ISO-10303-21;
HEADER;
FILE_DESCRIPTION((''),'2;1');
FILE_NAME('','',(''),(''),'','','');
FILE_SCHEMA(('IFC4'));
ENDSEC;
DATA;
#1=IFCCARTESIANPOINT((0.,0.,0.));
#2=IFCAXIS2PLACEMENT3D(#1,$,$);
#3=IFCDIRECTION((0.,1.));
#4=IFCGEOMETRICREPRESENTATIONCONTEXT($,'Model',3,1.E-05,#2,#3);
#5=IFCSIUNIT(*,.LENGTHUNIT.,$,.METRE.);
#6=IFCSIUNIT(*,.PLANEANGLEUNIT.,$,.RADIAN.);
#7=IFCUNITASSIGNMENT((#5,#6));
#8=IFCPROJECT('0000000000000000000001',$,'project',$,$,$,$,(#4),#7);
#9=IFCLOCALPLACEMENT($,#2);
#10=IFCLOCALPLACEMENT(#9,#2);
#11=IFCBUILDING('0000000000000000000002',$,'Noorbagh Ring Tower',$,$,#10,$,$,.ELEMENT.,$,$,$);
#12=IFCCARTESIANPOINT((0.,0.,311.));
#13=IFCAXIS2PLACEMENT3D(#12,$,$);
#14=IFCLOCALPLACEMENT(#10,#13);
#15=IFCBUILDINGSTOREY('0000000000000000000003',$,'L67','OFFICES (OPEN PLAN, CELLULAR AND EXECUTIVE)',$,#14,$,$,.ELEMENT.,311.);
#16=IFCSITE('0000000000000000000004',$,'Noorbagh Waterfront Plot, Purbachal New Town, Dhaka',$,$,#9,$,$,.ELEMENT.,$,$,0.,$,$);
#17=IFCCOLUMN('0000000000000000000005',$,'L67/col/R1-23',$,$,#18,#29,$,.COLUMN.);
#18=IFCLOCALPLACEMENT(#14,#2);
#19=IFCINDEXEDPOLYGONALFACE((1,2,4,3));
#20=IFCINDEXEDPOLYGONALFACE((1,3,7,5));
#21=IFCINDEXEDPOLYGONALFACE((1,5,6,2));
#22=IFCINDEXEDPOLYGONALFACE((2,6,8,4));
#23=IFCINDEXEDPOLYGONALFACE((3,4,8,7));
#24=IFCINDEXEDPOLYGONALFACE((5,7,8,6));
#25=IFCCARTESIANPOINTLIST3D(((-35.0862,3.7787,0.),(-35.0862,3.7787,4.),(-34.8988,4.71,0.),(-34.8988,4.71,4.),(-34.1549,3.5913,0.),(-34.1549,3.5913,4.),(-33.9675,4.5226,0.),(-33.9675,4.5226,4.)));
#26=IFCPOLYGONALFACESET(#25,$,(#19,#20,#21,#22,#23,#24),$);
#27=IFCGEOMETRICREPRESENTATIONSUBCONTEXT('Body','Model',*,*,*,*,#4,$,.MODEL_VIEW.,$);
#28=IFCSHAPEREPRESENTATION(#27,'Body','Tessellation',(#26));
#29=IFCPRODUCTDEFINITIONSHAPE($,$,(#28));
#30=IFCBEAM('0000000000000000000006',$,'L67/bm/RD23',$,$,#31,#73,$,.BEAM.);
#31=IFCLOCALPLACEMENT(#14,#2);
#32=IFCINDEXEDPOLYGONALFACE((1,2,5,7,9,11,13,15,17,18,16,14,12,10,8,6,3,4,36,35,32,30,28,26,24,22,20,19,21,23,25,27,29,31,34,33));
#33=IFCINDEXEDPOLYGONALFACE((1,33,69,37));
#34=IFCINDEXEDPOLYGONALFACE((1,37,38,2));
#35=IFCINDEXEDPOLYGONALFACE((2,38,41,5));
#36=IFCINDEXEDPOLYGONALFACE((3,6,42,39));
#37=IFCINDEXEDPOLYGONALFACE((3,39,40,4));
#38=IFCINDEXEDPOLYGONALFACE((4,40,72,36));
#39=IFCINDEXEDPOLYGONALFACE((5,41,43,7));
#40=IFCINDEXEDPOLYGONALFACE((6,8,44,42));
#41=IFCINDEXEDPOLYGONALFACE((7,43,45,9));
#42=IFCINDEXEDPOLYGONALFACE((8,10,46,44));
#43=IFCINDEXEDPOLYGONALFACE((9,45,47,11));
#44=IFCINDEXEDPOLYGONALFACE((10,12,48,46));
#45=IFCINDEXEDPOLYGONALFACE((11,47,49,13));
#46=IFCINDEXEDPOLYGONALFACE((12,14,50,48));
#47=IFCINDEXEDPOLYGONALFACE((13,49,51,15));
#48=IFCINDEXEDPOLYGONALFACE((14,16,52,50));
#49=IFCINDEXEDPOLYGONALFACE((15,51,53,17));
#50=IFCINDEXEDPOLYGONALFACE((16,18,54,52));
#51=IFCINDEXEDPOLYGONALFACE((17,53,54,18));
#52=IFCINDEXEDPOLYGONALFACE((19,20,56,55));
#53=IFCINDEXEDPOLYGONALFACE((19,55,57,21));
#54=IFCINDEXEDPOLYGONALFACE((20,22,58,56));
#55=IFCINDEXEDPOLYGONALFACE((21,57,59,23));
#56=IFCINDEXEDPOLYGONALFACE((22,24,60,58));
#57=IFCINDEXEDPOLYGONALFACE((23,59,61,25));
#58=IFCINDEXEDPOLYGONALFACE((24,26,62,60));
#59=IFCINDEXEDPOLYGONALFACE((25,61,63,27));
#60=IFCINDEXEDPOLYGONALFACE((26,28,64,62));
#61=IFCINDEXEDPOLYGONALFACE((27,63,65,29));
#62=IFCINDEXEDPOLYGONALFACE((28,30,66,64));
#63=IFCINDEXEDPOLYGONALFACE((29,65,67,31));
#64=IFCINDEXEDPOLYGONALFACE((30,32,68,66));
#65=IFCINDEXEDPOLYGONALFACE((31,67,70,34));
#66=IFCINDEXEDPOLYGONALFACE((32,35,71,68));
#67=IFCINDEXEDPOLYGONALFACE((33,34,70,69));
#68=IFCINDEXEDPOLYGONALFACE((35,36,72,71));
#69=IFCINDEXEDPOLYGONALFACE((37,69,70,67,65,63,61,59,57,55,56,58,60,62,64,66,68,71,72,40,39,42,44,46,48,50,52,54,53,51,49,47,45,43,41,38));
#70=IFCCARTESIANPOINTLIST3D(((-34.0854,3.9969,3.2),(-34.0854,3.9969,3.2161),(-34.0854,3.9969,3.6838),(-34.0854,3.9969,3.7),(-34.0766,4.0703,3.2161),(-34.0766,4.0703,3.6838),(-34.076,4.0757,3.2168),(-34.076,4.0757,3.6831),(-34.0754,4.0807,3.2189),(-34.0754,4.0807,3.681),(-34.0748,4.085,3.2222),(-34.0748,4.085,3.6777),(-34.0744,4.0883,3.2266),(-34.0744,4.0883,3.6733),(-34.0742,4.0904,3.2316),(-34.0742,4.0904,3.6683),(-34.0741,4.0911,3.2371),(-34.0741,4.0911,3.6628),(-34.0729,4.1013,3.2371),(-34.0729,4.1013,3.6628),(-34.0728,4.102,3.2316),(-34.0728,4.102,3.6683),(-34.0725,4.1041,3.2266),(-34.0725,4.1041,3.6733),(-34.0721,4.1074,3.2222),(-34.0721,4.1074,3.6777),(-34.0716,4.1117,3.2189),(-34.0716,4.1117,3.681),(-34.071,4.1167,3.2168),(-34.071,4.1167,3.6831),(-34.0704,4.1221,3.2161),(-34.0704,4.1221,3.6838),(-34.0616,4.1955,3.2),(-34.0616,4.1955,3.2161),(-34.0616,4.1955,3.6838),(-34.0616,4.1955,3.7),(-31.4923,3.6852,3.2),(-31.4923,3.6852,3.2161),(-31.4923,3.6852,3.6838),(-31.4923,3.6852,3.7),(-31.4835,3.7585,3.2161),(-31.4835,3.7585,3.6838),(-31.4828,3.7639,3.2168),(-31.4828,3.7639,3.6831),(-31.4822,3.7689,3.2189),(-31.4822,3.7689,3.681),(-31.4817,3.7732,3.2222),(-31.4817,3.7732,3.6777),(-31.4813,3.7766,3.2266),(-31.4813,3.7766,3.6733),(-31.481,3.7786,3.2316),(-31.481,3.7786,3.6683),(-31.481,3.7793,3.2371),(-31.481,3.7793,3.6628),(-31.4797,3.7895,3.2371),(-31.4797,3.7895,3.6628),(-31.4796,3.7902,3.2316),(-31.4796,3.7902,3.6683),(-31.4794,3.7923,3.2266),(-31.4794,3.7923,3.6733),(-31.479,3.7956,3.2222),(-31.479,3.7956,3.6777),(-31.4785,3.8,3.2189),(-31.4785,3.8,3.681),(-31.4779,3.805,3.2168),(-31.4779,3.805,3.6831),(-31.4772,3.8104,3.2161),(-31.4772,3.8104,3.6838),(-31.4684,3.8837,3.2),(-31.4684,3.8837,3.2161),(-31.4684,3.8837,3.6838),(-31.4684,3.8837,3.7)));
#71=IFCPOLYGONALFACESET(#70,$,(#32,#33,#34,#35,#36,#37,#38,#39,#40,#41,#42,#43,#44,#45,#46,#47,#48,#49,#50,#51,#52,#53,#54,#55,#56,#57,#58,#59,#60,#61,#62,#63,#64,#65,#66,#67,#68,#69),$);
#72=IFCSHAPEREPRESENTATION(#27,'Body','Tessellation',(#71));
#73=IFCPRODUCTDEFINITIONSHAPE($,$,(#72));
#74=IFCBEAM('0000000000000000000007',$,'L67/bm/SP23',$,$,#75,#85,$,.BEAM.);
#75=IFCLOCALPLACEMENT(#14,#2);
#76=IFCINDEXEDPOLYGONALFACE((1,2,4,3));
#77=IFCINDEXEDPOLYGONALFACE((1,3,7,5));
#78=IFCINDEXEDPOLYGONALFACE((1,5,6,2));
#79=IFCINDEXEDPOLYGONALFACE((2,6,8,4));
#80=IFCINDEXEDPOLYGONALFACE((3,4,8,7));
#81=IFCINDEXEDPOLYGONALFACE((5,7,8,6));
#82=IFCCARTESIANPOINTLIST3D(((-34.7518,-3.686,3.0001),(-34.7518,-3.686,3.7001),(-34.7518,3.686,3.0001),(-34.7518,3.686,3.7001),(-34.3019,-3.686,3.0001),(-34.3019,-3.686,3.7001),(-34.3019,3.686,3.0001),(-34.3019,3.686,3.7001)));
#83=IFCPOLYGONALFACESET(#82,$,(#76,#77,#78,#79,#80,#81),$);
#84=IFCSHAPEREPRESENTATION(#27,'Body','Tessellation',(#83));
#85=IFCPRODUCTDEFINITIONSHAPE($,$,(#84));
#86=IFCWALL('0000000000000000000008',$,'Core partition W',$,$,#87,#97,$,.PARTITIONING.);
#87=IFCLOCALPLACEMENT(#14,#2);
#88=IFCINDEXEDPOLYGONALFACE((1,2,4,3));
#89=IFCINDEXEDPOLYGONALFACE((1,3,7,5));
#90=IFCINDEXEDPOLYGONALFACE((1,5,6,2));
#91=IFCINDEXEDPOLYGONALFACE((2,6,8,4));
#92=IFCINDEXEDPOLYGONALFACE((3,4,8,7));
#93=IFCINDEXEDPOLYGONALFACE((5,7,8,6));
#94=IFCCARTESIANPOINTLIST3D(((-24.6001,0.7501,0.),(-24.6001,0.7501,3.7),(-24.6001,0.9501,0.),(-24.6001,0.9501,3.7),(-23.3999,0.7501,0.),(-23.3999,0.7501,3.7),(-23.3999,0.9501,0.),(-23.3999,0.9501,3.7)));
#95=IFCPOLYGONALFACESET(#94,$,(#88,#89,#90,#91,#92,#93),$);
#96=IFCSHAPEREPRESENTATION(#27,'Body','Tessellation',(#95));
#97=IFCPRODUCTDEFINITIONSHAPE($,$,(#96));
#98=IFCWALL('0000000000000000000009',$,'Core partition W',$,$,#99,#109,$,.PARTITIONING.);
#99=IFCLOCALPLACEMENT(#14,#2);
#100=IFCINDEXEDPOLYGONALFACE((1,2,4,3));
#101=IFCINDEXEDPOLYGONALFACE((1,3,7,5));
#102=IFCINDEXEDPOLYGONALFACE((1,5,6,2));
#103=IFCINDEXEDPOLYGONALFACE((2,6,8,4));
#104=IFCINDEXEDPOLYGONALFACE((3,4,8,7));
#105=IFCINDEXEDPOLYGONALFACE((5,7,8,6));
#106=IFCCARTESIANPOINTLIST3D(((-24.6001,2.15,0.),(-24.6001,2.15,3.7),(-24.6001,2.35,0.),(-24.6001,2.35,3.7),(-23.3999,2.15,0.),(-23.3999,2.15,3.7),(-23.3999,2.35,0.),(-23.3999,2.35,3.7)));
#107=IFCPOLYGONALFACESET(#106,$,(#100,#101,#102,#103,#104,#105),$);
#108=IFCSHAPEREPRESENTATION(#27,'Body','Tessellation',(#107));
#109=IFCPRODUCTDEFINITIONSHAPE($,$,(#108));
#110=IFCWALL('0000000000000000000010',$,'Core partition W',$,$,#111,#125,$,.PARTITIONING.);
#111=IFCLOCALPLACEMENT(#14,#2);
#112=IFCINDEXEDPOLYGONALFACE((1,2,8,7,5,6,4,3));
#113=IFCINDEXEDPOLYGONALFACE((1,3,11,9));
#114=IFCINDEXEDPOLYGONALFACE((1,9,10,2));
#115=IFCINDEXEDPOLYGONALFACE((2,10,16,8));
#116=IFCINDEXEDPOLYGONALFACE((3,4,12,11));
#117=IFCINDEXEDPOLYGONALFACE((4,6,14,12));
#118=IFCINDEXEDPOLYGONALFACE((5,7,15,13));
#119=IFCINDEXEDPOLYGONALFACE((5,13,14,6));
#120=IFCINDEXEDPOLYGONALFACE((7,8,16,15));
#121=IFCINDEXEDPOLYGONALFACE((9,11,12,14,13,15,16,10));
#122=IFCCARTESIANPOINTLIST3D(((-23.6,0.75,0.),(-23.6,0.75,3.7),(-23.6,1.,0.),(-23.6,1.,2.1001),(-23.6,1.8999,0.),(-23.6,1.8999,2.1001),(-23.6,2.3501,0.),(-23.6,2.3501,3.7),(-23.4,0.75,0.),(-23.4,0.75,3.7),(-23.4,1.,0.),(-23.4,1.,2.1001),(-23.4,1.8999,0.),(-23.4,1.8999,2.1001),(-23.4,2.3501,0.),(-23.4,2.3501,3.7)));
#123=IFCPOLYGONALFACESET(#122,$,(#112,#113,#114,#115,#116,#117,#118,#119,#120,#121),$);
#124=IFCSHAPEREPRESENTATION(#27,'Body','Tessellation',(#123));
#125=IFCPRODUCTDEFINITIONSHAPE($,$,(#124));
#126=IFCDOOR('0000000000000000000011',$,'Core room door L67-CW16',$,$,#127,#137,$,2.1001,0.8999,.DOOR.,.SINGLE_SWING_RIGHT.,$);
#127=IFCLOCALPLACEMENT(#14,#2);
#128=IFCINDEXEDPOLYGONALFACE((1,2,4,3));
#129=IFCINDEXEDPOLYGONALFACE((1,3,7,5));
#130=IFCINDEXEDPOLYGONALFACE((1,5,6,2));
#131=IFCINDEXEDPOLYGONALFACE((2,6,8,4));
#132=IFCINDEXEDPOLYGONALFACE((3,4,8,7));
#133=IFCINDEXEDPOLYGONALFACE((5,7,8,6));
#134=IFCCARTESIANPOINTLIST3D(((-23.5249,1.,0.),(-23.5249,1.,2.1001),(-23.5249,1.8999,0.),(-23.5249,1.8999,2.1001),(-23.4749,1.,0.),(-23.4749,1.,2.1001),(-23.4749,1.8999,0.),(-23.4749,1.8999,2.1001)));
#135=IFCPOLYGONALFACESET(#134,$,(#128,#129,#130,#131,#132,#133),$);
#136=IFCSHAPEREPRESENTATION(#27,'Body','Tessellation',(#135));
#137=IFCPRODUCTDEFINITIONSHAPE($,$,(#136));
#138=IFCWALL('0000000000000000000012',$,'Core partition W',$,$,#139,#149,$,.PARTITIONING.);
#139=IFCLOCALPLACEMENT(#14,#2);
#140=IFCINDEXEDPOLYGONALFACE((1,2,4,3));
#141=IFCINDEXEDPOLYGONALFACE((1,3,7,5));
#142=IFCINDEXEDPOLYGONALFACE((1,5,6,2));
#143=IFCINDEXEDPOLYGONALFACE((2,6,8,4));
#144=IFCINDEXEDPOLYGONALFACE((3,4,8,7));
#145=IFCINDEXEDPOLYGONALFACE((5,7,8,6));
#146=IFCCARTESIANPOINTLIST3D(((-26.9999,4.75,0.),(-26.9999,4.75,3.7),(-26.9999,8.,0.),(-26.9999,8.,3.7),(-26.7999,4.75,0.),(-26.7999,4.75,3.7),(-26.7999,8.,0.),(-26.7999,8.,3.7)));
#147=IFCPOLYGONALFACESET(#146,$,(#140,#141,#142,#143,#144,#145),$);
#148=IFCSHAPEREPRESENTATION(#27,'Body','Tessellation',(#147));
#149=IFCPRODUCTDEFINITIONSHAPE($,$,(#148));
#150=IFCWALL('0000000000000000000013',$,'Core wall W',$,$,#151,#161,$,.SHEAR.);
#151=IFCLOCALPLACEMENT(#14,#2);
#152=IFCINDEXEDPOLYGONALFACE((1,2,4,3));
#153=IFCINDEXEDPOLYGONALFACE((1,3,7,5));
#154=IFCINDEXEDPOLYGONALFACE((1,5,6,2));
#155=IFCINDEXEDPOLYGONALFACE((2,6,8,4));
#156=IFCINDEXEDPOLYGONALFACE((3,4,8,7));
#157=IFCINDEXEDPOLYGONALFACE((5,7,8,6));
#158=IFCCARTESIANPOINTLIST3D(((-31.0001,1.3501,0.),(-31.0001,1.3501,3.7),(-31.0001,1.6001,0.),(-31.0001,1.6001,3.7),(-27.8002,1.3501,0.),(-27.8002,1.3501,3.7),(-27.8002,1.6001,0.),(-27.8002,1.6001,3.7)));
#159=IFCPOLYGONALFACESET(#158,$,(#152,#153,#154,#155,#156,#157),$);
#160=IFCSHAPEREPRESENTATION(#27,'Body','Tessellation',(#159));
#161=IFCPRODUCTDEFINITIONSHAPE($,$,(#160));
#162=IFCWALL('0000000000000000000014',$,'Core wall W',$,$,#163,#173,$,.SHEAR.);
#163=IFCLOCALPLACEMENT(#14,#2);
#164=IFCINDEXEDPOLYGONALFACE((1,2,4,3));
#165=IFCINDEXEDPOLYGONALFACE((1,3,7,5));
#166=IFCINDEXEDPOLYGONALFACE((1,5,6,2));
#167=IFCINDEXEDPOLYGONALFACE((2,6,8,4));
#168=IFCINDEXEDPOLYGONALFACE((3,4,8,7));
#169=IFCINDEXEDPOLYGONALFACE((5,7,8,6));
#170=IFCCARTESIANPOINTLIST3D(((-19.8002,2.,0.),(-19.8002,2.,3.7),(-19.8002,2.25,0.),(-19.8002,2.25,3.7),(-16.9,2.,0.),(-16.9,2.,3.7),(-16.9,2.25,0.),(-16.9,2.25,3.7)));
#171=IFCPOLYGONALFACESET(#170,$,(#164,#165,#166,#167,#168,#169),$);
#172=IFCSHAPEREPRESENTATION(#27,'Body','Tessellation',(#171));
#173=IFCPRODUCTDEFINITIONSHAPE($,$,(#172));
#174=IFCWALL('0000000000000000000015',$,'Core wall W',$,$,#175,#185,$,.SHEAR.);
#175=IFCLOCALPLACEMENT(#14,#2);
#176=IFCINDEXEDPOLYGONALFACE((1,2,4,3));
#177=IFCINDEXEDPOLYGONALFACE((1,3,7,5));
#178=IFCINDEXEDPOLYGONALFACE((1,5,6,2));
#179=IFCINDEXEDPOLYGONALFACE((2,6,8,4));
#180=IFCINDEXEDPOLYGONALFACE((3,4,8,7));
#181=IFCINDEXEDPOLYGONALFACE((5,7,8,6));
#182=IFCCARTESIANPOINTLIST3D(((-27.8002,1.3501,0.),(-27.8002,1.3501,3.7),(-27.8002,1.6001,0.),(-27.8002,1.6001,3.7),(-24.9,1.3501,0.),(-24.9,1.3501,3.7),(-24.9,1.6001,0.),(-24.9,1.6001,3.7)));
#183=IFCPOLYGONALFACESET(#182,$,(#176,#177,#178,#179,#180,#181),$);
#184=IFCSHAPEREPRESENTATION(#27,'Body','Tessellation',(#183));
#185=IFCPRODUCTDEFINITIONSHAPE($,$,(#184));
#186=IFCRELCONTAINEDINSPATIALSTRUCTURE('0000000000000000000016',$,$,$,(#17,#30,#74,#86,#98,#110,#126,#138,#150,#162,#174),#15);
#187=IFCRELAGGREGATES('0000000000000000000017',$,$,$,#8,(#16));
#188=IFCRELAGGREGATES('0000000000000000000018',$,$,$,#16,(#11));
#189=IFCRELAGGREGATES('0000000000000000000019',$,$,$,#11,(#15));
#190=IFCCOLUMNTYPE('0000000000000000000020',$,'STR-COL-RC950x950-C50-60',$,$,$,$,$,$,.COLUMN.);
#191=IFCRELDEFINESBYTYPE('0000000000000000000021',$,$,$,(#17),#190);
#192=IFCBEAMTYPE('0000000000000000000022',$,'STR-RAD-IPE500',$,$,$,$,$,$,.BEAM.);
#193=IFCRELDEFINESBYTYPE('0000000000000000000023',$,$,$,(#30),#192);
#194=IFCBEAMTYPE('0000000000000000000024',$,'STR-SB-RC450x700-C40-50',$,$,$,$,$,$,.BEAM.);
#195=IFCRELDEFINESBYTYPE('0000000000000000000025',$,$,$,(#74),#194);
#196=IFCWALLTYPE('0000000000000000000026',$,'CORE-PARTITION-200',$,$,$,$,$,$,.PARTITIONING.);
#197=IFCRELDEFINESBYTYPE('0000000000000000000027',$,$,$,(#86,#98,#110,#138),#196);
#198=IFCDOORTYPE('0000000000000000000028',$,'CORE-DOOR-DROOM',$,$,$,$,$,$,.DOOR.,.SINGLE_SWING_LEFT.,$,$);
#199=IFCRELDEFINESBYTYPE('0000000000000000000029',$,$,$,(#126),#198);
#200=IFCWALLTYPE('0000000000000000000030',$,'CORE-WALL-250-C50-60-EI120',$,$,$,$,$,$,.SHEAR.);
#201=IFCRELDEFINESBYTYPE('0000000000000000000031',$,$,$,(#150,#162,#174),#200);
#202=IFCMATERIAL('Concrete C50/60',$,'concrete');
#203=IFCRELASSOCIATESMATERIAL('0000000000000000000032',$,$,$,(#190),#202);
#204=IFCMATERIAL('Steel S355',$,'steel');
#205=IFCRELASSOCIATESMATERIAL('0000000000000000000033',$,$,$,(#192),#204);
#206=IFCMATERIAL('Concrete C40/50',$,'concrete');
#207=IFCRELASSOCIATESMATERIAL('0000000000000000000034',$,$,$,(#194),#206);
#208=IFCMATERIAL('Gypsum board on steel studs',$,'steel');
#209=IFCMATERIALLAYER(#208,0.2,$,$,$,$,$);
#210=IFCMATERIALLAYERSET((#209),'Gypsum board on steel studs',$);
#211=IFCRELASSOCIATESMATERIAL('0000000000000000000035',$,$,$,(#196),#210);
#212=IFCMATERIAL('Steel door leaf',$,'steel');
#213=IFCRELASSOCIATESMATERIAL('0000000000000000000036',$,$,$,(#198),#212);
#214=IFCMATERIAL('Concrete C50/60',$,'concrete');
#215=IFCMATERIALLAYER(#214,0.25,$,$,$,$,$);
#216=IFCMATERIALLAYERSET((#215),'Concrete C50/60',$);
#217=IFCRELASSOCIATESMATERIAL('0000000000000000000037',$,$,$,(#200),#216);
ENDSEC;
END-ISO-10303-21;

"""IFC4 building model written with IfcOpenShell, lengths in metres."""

from ifc_helpers import new_model, si_unit, direction, frame, frame_2d, origin, origin_2d, place, context, subcontext, project, spatial, rectangle, i_section, extrude, material, layer, layer_set, material_profile, profile_set, type_object, element, fill, save


model = new_model("IFC4")

# Units and contexts
model_context = context("Model", 3, precision=1e-05, world=origin(), true_north=direction((0.0, 1.0)))
body_context = subcontext(model_context, "Body", "Model", "MODEL_VIEW")
ifc_project = project(units=[si_unit("LENGTHUNIT", "METRE"), si_unit("PLANEANGLEUNIT", "RADIAN")], contexts=[model_context])

# Site, building, storey
site_placement = place(None, origin())
site = spatial("IfcSite", under=ifc_project, at=site_placement, Name="Noorbagh Waterfront Plot, Purbachal New Town, Dhaka", CompositionType="ELEMENT", RefElevation=0.0)
building_placement = place(site_placement, origin())
building = spatial("IfcBuilding", under=site, at=building_placement, Name="Noorbagh Ring Tower", CompositionType="ELEMENT")
storey_placement = place(building_placement, frame((0.0, 0.0, 311.0)))
storey = spatial("IfcBuildingStorey", under=building, at=storey_placement, Name="L67", Description="OFFICES (OPEN PLAN, CELLULAR AND EXECUTIVE)", CompositionType="ELEMENT", Elevation=311.0)

# Column
ifc_material_1 = material(Name="Concrete C50/60", Category="concrete")
ifc_material_profile_1 = material_profile(ifc_material_1, rectangle(XDim=0.95, YDim=0.95, at=origin_2d()), Name="RC950x950")
ifc_profile_set_1 = profile_set([ifc_material_profile_1], Name="Concrete C50/60")
column_type = type_object("IfcColumnType", Name="STR-COL-RC950x950-C50-60", PredefinedType="COLUMN", material=ifc_profile_set_1)
column_placement = place(storey_placement, frame((-34.5269, 4.1506, 0.0), z_axis=(0.0, 0.0, 1.0), x_axis=(-0.19723, -0.980357, 0.0)))
element("IfcColumn", 1, at=column_placement, inside=storey, type_object=column_type, Name="L67/col/R1-23", PredefinedType="COLUMN", context=body_context, shape_type="SweptSolid", body=[
    extrude(rectangle(XDim=0.95, YDim=0.95, at=origin_2d()), origin(), (0.0, 0.0, 1.0), 4.0),
])

# Beams
ifc_material_2 = material(Name="Steel S355", Category="steel")
ifc_material_profile_2 = material_profile(ifc_material_2, i_section(OverallWidth=0.2, OverallDepth=0.5, WebThickness=0.0103, FlangeThickness=0.0161, FilletRadius=0.021, at=origin_2d()), Name="IPE500")
ifc_profile_set_2 = profile_set([ifc_material_profile_2], Name="Steel S355")
beam_type_1 = type_object("IfcBeamType", Name="STR-RAD-IPE500", PredefinedType="BEAM", material=ifc_profile_set_2)
beam_1_placement = place(storey_placement, frame((-34.0735, 4.0962, 3.45), z_axis=(0.992851, -0.119363, 0.0), x_axis=(0.119363, 0.992851, 0.0)))
element("IfcBeam", 2, at=beam_1_placement, inside=storey, type_object=beam_type_1, Name="L67/bm/RD23", PredefinedType="BEAM", context=body_context, shape_type="SweptSolid", body=[
    extrude(i_section(OverallWidth=0.2, OverallDepth=0.5, WebThickness=0.0103, FlangeThickness=0.0161, FilletRadius=0.021, at=origin_2d()), origin(), (0.0, 0.0, 1.0), 2.6118),
])
ifc_material_3 = material(Name="Concrete C40/50", Category="concrete")
ifc_material_profile_3 = material_profile(ifc_material_3, rectangle(XDim=0.45, YDim=0.7, at=origin_2d()), Name="RC450x700")
ifc_profile_set_3 = profile_set([ifc_material_profile_3], Name="Concrete C40/50")
beam_type_2 = type_object("IfcBeamType", Name="STR-SB-RC450x700-C40-50", PredefinedType="BEAM", material=ifc_profile_set_3)
beam_2_placement = place(storey_placement, frame((-34.5269, 3.686, 3.3501), z_axis=(0.0, -1.0, 0.0), x_axis=(1.0, 0.0, 0.0)))
element("IfcBeam", 3, at=beam_2_placement, inside=storey, type_object=beam_type_2, Name="L67/bm/SP23", PredefinedType="BEAM", context=body_context, shape_type="SweptSolid", body=[
    extrude(rectangle(XDim=0.45, YDim=0.7, at=origin_2d()), origin(), (0.0, 0.0, 1.0), 7.3721),
])

# Walls
ifc_material_4 = material(Name="Gypsum board on steel studs", Category="steel")
ifc_layer_1 = layer(ifc_material_4, 0.2)
ifc_layer_set_1 = layer_set([ifc_layer_1], Name="Gypsum board on steel studs")
wall_type_1 = type_object("IfcWallType", Name="CORE-PARTITION-200", PredefinedType="PARTITIONING", material=ifc_layer_set_1)
for number, where, z_axis, x_axis, name in (
    (4, (-23.3999, 0.8501, 0.0), (0.0, 0.0, 1.0), (-1.0, 0.0, 0.0), "Core partition W"),
    (5, (-23.3999, 2.25, 0.0), (0.0, 0.0, 1.0), (-1.0, 0.0, 0.0), "Core partition W"),
):
    element("IfcWall", number, at=place(storey_placement, frame(where, z_axis=z_axis, x_axis=x_axis)), inside=storey, type_object=wall_type_1, Name=name, PredefinedType="PARTITIONING", context=body_context, shape_type="SweptSolid", body=[
        extrude(rectangle(XDim=1.2002, YDim=0.2, at=frame_2d((0.6001, 0.0))), origin(), (0.0, 0.0, 1.0), 3.7),
    ])

# Wall, opening, door
wall_1_placement = place(storey_placement, frame((-23.5, 0.75, 0.0), z_axis=(0.0, 0.0, 1.0), x_axis=(0.0, 1.0, 0.0)))
wall_1 = element("IfcWall", 6, at=wall_1_placement, inside=storey, type_object=wall_type_1, Name="Core partition W", PredefinedType="PARTITIONING", context=body_context, shape_type="SweptSolid", body=[
    extrude(rectangle(XDim=1.6001, YDim=0.2, at=frame_2d((0.8, 0.0))), origin(), (0.0, 0.0, 1.0), 3.7),
])
opening_1_placement = place(wall_1_placement, frame((0.25, 0.0, 0.0)))
opening_1 = element("IfcOpeningElement", 7, at=opening_1_placement, cuts=wall_1, PredefinedType="OPENING", context=body_context, shape_type="SweptSolid", body=[
    extrude(rectangle(XDim=0.8999, YDim=2.1001, at=frame_2d((0.45, 1.05))), frame((0.0, 0.1099, 0.0), z_axis=(0.0, -1.0, 0.0), x_axis=(1.0, 0.0, 0.0)), (0.0, 0.0, 1.0), 0.22),
])
ifc_material_5 = material(Name="Steel door leaf", Category="steel")
door_type_1 = type_object("IfcDoorType", Name="CORE-DOOR-DROOM", OperationType="SINGLE_SWING_LEFT", PredefinedType="DOOR", material=ifc_material_5)
door_1_placement = place(opening_1_placement, origin())
door_1 = element("IfcDoor", 8, at=door_1_placement, inside=storey, type_object=door_type_1, Name="Core room door L67-CW16", OperationType="SINGLE_SWING_RIGHT", OverallHeight=2.1001, OverallWidth=0.8999, PredefinedType="DOOR", context=body_context, shape_type="SweptSolid", body=[
    extrude(rectangle(XDim=0.8999, YDim=2.1001, at=frame_2d((0.45, 1.05))), frame((0.0, 0.0249, 0.0), z_axis=(0.0, -1.0, 0.0), x_axis=(1.0, 0.0, 0.0)), (0.0, 0.0, 1.0), 0.05),
])
fill(opening_1, door_1)

# Walls
wall_2_placement = place(storey_placement, frame((-26.8999, 4.75, 0.0), z_axis=(0.0, 0.0, 1.0), x_axis=(0.0, 1.0, 0.0)))
element("IfcWall", 9, at=wall_2_placement, inside=storey, type_object=wall_type_1, Name="Core partition W", PredefinedType="PARTITIONING", context=body_context, shape_type="SweptSolid", body=[
    extrude(rectangle(XDim=3.25, YDim=0.2, at=frame_2d((1.625, 0.0))), origin(), (0.0, 0.0, 1.0), 3.7),
])
ifc_material_6 = material(Name="Concrete C50/60", Category="concrete")
ifc_layer_2 = layer(ifc_material_6, 0.25)
ifc_layer_set_2 = layer_set([ifc_layer_2], Name="Concrete C50/60")
wall_type_2 = type_object("IfcWallType", Name="CORE-WALL-250-C50-60-EI120", PredefinedType="SHEAR", material=ifc_layer_set_2)
wall_3_placement = place(storey_placement, frame((-27.8, 1.4751, 0.0), z_axis=(0.0, 0.0, 1.0), x_axis=(-1.0, 0.0, 0.0)))
element("IfcWall", 10, at=wall_3_placement, inside=storey, type_object=wall_type_2, Name="Core wall W", PredefinedType="SHEAR", context=body_context, shape_type="SweptSolid", body=[
    extrude(rectangle(XDim=3.2, YDim=0.25, at=frame_2d((1.6001, 0.0))), origin(), (0.0, 0.0, 1.0), 3.7),
])
for number, where, z_axis, x_axis, name in (
    (11, (-16.8999, 2.125, 0.0), (0.0, 0.0, 1.0), (-1.0, 0.0, 0.0), "Core wall W"),
    (12, (-24.8999, 1.4751, 0.0), (0.0, 0.0, 1.0), (-1.0, 0.0, 0.0), "Core wall W"),
):
    element("IfcWall", number, at=place(storey_placement, frame(where, z_axis=z_axis, x_axis=x_axis)), inside=storey, type_object=wall_type_2, Name=name, PredefinedType="SHEAR", context=body_context, shape_type="SweptSolid", body=[
        extrude(rectangle(XDim=2.9001, YDim=0.25, at=frame_2d((1.4502, 0.0))), origin(), (0.0, 0.0, 1.0), 3.7),
    ])

save(model, "model.ifc")
